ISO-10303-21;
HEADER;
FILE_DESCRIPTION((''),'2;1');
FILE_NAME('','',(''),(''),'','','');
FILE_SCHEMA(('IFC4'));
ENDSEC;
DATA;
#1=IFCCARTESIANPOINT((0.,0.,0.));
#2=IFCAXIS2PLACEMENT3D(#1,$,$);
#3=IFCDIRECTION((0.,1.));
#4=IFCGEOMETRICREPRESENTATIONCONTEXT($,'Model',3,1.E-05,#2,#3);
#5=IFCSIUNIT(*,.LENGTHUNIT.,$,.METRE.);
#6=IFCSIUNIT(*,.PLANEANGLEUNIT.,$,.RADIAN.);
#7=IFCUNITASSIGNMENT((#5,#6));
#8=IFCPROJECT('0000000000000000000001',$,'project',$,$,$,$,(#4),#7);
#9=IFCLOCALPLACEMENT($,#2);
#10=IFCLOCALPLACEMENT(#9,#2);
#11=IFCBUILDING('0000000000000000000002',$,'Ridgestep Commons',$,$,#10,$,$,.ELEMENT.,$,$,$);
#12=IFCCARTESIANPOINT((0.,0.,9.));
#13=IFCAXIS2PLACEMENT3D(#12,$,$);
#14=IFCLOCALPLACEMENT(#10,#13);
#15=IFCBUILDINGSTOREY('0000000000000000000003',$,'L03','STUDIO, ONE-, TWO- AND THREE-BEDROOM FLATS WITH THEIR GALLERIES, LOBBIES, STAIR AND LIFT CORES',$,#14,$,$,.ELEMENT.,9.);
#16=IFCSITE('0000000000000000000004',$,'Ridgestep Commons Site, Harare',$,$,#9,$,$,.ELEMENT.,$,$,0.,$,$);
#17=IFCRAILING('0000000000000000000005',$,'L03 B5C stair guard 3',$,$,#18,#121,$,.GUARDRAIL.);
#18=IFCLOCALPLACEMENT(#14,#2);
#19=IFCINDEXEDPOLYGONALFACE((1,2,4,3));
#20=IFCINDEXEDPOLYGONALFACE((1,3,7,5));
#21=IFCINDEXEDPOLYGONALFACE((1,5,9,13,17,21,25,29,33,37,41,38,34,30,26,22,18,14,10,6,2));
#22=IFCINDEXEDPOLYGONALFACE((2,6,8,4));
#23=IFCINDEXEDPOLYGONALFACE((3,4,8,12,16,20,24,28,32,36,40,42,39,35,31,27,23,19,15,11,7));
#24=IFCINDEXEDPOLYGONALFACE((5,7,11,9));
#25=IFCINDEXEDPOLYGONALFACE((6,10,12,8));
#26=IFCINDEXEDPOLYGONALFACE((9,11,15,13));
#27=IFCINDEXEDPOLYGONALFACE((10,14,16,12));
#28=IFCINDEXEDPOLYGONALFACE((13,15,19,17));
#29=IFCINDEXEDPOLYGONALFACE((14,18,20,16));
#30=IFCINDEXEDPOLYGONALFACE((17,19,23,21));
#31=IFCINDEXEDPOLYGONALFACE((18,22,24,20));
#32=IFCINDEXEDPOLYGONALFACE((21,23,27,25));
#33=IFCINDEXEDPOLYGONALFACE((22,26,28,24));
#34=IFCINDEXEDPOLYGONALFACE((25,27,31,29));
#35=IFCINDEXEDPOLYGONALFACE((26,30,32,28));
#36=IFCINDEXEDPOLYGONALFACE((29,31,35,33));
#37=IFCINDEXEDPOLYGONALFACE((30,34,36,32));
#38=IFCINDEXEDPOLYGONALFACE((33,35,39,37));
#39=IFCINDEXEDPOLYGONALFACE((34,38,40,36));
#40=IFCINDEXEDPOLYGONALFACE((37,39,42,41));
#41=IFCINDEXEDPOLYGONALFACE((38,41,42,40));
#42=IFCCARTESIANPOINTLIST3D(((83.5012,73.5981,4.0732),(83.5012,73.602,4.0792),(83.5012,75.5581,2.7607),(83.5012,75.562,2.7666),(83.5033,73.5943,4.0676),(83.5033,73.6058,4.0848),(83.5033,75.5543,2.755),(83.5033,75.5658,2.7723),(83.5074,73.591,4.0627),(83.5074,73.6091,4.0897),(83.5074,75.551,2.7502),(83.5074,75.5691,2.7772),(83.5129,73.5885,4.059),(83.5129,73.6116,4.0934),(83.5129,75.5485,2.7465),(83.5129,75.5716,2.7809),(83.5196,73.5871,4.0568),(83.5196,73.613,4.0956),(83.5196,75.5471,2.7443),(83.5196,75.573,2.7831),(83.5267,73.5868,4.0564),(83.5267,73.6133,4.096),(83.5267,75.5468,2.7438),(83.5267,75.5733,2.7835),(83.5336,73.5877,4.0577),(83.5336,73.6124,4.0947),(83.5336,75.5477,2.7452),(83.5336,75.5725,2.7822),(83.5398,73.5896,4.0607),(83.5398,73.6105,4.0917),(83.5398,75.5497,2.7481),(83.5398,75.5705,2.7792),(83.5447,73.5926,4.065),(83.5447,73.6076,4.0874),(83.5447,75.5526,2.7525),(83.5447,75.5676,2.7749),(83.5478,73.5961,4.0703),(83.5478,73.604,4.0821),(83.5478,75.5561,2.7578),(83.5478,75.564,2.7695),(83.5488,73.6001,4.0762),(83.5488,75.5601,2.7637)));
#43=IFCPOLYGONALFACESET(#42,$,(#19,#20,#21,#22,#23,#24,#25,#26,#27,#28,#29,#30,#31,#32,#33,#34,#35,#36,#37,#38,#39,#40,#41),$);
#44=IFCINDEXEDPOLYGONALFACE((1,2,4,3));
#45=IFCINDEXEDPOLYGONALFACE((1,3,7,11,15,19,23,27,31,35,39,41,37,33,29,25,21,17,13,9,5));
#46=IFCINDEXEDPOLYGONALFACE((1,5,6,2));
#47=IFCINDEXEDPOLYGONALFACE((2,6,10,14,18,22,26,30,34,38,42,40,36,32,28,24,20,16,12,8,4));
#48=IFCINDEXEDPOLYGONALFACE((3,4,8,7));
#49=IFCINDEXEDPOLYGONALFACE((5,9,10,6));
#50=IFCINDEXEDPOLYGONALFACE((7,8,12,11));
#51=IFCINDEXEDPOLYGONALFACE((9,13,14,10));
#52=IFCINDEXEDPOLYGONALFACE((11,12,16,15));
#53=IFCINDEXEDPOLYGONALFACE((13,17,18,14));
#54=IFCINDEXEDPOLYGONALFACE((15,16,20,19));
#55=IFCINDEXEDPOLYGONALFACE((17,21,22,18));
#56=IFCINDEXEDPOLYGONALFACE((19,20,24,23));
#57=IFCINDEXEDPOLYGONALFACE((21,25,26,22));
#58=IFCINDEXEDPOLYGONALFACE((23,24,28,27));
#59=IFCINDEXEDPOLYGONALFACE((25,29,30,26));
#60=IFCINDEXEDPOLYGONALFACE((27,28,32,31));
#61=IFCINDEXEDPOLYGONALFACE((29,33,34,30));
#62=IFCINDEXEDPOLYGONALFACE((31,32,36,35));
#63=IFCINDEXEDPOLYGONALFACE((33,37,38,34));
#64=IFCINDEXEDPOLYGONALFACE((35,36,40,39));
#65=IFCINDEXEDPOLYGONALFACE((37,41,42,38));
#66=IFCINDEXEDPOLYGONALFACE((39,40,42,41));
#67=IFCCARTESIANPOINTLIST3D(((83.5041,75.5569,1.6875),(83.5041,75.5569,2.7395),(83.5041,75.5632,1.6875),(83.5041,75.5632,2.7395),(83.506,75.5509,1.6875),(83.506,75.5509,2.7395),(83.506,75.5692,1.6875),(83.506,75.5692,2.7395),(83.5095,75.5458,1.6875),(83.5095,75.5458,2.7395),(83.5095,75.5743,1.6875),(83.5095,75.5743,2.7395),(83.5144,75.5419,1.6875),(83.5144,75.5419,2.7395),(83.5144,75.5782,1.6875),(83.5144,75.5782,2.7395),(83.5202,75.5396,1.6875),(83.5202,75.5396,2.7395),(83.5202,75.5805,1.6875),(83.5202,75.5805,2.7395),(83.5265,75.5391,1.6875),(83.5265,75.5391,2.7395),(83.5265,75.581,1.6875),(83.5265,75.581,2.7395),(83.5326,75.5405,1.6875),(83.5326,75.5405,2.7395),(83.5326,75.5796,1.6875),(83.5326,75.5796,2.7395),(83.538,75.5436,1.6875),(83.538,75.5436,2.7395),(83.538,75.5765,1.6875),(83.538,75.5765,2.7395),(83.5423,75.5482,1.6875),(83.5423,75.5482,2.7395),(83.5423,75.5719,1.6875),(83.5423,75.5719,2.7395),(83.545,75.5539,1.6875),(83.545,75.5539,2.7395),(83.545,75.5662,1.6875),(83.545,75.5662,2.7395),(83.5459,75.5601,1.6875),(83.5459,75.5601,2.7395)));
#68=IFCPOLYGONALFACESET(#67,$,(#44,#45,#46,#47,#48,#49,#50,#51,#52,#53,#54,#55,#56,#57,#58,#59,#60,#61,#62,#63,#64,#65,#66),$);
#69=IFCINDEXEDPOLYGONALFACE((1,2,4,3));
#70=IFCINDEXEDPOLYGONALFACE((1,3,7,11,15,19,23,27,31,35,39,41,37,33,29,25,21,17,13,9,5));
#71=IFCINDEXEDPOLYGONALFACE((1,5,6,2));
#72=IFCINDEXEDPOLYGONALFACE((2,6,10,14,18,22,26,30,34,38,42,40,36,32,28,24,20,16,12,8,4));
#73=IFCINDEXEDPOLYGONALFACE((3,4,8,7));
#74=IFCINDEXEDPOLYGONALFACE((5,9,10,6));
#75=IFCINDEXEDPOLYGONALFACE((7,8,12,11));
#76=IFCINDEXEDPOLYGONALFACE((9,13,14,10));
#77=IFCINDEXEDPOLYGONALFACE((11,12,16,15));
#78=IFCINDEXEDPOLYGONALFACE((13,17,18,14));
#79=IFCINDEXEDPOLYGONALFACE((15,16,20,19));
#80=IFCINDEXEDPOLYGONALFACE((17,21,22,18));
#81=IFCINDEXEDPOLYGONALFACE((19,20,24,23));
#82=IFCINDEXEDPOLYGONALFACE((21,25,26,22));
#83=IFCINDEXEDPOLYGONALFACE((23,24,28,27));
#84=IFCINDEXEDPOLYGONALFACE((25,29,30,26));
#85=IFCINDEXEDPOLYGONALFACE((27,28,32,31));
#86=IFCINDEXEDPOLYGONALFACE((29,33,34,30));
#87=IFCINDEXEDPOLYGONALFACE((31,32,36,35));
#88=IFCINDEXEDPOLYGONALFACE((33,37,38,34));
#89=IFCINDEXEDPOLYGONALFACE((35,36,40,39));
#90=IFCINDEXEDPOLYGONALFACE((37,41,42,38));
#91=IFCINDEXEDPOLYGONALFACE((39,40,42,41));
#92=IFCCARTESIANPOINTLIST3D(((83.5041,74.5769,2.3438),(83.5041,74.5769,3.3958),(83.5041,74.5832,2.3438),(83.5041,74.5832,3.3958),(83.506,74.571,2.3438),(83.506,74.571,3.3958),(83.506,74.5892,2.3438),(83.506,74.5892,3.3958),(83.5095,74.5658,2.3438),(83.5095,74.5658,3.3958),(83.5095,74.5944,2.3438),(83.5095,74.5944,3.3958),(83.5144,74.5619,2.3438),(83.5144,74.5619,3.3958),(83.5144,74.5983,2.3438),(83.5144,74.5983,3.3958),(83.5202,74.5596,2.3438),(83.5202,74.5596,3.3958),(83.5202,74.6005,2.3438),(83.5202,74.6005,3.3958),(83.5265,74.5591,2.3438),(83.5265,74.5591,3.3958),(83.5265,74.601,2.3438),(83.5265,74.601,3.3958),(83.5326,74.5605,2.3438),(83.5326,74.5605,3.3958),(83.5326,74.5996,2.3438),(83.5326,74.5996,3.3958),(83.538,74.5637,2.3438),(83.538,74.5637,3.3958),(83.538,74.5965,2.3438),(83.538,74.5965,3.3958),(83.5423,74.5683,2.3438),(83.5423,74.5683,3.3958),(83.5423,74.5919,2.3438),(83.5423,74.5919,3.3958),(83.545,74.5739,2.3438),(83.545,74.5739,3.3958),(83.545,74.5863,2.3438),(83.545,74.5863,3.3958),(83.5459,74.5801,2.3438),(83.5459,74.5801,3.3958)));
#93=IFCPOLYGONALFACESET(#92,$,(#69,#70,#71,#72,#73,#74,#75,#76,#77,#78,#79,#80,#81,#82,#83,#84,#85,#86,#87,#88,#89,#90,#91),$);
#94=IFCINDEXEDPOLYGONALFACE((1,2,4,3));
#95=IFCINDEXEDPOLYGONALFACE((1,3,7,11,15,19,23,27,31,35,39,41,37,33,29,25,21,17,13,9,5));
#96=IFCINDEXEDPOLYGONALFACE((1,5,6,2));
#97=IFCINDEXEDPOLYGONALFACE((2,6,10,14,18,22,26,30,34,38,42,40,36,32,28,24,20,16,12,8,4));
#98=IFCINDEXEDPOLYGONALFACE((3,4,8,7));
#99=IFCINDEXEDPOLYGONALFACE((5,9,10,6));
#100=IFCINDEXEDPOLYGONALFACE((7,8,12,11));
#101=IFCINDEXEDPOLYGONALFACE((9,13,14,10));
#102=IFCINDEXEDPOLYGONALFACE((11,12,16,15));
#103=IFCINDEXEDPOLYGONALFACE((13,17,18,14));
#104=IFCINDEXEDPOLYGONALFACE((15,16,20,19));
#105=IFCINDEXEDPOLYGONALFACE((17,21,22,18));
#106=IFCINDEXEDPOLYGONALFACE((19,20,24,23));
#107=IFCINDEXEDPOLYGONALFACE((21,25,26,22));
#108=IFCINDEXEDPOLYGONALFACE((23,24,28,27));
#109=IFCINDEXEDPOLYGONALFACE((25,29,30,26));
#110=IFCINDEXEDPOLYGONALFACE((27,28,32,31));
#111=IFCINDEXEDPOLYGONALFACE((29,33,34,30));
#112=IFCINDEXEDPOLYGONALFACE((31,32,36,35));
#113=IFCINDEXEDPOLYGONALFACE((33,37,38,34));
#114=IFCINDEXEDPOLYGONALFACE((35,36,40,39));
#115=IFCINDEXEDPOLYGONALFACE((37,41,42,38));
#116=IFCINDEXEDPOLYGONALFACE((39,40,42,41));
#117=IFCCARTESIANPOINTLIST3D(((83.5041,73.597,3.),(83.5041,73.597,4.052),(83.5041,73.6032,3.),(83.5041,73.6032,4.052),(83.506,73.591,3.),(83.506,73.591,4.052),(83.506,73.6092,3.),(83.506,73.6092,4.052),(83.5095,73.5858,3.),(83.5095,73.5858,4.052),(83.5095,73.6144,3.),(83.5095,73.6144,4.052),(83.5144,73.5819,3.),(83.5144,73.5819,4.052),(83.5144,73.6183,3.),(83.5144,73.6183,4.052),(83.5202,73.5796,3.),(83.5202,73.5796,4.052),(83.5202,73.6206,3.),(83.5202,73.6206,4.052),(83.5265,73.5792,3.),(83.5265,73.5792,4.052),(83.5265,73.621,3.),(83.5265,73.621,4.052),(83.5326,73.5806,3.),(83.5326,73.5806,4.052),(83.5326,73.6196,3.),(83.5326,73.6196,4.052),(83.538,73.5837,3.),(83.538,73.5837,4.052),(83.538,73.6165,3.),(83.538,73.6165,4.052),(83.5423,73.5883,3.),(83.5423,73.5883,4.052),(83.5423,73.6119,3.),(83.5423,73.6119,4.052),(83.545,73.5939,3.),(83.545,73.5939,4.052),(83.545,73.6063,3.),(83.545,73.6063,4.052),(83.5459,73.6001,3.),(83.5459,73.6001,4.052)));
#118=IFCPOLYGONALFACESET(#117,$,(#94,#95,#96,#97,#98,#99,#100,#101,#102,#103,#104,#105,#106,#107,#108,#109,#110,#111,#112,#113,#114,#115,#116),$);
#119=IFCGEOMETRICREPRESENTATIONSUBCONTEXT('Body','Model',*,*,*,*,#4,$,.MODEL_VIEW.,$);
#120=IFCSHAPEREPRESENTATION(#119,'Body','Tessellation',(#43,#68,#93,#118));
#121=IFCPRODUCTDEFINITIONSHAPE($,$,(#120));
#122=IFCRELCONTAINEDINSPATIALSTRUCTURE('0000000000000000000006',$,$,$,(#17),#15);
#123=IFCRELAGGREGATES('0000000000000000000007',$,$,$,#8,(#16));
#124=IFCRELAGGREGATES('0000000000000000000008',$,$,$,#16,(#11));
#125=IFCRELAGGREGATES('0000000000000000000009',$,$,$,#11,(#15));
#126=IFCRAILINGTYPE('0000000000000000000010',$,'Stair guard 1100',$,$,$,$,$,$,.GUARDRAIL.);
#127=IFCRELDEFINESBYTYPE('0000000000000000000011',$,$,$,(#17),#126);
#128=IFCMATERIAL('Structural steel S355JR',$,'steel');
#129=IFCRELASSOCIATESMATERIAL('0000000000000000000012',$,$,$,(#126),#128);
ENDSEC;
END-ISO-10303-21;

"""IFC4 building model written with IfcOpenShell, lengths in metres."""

from ifc_helpers import new_model, si_unit, direction, frame, origin, origin_2d, place, context, subcontext, project, spatial, circle, extrude, material, type_object, element, save


model = new_model("IFC4")

# Units and contexts
model_context = context("Model", 3, precision=1e-05, world=origin(), true_north=direction((0.0, 1.0)))
body_context = subcontext(model_context, "Body", "Model", "MODEL_VIEW")
ifc_project = project(units=[si_unit("LENGTHUNIT", "METRE"), si_unit("PLANEANGLEUNIT", "RADIAN")], contexts=[model_context])

# Site, building, storey
site_placement = place(None, origin())
site = spatial("IfcSite", under=ifc_project, at=site_placement, Name="Ridgestep Commons Site, Harare", CompositionType="ELEMENT", RefElevation=0.0)
building_placement = place(site_placement, origin())
building = spatial("IfcBuilding", under=site, at=building_placement, Name="Ridgestep Commons", CompositionType="ELEMENT")
storey_placement = place(building_placement, frame((0.0, 0.0, 9.0)))
storey = spatial("IfcBuildingStorey", under=building, at=storey_placement, Name="L03", Description="STUDIO, ONE-, TWO- AND THREE-BEDROOM FLATS WITH THEIR GALLERIES, LOBBIES, STAIR AND LIFT CORES", CompositionType="ELEMENT", Elevation=9.0)

# Railing
ifc_material_1 = material(Name="Structural steel S355JR", Category="steel")
railing_type = type_object("IfcRailingType", Name="Stair guard 1100", PredefinedType="GUARDRAIL", material=ifc_material_1)
railing_1_placement = place(storey_placement, frame((83.5249, 75.5601, 1.6875)))
element("IfcRailing", 1, at=railing_1_placement, inside=storey, type_object=railing_type, Name="L03 B5C stair guard 3", PredefinedType="GUARDRAIL", context=body_context, shape_type="SweptSolid", body=[
    extrude(circle(Radius=0.0239, at=origin_2d()), frame((0.0, 0.0, 1.0762), z_axis=(0.0, -0.830902, 0.556419), x_axis=(1.0, 0.0, 0.0)), (0.0, 0.0, 1.0), 2.3589),
    extrude(circle(Radius=0.021, at=origin_2d()), origin(), (0.0, 0.0, 1.0), 1.052),
    extrude(circle(Radius=0.021, at=origin_2d()), frame((0.0, -0.98, 0.6562)), (0.0, 0.0, 1.0), 1.052),
    extrude(circle(Radius=0.021, at=origin_2d()), frame((0.0, -1.96, 1.3125)), (0.0, 0.0, 1.0), 1.052),
])

save(model, "model.ifc")
